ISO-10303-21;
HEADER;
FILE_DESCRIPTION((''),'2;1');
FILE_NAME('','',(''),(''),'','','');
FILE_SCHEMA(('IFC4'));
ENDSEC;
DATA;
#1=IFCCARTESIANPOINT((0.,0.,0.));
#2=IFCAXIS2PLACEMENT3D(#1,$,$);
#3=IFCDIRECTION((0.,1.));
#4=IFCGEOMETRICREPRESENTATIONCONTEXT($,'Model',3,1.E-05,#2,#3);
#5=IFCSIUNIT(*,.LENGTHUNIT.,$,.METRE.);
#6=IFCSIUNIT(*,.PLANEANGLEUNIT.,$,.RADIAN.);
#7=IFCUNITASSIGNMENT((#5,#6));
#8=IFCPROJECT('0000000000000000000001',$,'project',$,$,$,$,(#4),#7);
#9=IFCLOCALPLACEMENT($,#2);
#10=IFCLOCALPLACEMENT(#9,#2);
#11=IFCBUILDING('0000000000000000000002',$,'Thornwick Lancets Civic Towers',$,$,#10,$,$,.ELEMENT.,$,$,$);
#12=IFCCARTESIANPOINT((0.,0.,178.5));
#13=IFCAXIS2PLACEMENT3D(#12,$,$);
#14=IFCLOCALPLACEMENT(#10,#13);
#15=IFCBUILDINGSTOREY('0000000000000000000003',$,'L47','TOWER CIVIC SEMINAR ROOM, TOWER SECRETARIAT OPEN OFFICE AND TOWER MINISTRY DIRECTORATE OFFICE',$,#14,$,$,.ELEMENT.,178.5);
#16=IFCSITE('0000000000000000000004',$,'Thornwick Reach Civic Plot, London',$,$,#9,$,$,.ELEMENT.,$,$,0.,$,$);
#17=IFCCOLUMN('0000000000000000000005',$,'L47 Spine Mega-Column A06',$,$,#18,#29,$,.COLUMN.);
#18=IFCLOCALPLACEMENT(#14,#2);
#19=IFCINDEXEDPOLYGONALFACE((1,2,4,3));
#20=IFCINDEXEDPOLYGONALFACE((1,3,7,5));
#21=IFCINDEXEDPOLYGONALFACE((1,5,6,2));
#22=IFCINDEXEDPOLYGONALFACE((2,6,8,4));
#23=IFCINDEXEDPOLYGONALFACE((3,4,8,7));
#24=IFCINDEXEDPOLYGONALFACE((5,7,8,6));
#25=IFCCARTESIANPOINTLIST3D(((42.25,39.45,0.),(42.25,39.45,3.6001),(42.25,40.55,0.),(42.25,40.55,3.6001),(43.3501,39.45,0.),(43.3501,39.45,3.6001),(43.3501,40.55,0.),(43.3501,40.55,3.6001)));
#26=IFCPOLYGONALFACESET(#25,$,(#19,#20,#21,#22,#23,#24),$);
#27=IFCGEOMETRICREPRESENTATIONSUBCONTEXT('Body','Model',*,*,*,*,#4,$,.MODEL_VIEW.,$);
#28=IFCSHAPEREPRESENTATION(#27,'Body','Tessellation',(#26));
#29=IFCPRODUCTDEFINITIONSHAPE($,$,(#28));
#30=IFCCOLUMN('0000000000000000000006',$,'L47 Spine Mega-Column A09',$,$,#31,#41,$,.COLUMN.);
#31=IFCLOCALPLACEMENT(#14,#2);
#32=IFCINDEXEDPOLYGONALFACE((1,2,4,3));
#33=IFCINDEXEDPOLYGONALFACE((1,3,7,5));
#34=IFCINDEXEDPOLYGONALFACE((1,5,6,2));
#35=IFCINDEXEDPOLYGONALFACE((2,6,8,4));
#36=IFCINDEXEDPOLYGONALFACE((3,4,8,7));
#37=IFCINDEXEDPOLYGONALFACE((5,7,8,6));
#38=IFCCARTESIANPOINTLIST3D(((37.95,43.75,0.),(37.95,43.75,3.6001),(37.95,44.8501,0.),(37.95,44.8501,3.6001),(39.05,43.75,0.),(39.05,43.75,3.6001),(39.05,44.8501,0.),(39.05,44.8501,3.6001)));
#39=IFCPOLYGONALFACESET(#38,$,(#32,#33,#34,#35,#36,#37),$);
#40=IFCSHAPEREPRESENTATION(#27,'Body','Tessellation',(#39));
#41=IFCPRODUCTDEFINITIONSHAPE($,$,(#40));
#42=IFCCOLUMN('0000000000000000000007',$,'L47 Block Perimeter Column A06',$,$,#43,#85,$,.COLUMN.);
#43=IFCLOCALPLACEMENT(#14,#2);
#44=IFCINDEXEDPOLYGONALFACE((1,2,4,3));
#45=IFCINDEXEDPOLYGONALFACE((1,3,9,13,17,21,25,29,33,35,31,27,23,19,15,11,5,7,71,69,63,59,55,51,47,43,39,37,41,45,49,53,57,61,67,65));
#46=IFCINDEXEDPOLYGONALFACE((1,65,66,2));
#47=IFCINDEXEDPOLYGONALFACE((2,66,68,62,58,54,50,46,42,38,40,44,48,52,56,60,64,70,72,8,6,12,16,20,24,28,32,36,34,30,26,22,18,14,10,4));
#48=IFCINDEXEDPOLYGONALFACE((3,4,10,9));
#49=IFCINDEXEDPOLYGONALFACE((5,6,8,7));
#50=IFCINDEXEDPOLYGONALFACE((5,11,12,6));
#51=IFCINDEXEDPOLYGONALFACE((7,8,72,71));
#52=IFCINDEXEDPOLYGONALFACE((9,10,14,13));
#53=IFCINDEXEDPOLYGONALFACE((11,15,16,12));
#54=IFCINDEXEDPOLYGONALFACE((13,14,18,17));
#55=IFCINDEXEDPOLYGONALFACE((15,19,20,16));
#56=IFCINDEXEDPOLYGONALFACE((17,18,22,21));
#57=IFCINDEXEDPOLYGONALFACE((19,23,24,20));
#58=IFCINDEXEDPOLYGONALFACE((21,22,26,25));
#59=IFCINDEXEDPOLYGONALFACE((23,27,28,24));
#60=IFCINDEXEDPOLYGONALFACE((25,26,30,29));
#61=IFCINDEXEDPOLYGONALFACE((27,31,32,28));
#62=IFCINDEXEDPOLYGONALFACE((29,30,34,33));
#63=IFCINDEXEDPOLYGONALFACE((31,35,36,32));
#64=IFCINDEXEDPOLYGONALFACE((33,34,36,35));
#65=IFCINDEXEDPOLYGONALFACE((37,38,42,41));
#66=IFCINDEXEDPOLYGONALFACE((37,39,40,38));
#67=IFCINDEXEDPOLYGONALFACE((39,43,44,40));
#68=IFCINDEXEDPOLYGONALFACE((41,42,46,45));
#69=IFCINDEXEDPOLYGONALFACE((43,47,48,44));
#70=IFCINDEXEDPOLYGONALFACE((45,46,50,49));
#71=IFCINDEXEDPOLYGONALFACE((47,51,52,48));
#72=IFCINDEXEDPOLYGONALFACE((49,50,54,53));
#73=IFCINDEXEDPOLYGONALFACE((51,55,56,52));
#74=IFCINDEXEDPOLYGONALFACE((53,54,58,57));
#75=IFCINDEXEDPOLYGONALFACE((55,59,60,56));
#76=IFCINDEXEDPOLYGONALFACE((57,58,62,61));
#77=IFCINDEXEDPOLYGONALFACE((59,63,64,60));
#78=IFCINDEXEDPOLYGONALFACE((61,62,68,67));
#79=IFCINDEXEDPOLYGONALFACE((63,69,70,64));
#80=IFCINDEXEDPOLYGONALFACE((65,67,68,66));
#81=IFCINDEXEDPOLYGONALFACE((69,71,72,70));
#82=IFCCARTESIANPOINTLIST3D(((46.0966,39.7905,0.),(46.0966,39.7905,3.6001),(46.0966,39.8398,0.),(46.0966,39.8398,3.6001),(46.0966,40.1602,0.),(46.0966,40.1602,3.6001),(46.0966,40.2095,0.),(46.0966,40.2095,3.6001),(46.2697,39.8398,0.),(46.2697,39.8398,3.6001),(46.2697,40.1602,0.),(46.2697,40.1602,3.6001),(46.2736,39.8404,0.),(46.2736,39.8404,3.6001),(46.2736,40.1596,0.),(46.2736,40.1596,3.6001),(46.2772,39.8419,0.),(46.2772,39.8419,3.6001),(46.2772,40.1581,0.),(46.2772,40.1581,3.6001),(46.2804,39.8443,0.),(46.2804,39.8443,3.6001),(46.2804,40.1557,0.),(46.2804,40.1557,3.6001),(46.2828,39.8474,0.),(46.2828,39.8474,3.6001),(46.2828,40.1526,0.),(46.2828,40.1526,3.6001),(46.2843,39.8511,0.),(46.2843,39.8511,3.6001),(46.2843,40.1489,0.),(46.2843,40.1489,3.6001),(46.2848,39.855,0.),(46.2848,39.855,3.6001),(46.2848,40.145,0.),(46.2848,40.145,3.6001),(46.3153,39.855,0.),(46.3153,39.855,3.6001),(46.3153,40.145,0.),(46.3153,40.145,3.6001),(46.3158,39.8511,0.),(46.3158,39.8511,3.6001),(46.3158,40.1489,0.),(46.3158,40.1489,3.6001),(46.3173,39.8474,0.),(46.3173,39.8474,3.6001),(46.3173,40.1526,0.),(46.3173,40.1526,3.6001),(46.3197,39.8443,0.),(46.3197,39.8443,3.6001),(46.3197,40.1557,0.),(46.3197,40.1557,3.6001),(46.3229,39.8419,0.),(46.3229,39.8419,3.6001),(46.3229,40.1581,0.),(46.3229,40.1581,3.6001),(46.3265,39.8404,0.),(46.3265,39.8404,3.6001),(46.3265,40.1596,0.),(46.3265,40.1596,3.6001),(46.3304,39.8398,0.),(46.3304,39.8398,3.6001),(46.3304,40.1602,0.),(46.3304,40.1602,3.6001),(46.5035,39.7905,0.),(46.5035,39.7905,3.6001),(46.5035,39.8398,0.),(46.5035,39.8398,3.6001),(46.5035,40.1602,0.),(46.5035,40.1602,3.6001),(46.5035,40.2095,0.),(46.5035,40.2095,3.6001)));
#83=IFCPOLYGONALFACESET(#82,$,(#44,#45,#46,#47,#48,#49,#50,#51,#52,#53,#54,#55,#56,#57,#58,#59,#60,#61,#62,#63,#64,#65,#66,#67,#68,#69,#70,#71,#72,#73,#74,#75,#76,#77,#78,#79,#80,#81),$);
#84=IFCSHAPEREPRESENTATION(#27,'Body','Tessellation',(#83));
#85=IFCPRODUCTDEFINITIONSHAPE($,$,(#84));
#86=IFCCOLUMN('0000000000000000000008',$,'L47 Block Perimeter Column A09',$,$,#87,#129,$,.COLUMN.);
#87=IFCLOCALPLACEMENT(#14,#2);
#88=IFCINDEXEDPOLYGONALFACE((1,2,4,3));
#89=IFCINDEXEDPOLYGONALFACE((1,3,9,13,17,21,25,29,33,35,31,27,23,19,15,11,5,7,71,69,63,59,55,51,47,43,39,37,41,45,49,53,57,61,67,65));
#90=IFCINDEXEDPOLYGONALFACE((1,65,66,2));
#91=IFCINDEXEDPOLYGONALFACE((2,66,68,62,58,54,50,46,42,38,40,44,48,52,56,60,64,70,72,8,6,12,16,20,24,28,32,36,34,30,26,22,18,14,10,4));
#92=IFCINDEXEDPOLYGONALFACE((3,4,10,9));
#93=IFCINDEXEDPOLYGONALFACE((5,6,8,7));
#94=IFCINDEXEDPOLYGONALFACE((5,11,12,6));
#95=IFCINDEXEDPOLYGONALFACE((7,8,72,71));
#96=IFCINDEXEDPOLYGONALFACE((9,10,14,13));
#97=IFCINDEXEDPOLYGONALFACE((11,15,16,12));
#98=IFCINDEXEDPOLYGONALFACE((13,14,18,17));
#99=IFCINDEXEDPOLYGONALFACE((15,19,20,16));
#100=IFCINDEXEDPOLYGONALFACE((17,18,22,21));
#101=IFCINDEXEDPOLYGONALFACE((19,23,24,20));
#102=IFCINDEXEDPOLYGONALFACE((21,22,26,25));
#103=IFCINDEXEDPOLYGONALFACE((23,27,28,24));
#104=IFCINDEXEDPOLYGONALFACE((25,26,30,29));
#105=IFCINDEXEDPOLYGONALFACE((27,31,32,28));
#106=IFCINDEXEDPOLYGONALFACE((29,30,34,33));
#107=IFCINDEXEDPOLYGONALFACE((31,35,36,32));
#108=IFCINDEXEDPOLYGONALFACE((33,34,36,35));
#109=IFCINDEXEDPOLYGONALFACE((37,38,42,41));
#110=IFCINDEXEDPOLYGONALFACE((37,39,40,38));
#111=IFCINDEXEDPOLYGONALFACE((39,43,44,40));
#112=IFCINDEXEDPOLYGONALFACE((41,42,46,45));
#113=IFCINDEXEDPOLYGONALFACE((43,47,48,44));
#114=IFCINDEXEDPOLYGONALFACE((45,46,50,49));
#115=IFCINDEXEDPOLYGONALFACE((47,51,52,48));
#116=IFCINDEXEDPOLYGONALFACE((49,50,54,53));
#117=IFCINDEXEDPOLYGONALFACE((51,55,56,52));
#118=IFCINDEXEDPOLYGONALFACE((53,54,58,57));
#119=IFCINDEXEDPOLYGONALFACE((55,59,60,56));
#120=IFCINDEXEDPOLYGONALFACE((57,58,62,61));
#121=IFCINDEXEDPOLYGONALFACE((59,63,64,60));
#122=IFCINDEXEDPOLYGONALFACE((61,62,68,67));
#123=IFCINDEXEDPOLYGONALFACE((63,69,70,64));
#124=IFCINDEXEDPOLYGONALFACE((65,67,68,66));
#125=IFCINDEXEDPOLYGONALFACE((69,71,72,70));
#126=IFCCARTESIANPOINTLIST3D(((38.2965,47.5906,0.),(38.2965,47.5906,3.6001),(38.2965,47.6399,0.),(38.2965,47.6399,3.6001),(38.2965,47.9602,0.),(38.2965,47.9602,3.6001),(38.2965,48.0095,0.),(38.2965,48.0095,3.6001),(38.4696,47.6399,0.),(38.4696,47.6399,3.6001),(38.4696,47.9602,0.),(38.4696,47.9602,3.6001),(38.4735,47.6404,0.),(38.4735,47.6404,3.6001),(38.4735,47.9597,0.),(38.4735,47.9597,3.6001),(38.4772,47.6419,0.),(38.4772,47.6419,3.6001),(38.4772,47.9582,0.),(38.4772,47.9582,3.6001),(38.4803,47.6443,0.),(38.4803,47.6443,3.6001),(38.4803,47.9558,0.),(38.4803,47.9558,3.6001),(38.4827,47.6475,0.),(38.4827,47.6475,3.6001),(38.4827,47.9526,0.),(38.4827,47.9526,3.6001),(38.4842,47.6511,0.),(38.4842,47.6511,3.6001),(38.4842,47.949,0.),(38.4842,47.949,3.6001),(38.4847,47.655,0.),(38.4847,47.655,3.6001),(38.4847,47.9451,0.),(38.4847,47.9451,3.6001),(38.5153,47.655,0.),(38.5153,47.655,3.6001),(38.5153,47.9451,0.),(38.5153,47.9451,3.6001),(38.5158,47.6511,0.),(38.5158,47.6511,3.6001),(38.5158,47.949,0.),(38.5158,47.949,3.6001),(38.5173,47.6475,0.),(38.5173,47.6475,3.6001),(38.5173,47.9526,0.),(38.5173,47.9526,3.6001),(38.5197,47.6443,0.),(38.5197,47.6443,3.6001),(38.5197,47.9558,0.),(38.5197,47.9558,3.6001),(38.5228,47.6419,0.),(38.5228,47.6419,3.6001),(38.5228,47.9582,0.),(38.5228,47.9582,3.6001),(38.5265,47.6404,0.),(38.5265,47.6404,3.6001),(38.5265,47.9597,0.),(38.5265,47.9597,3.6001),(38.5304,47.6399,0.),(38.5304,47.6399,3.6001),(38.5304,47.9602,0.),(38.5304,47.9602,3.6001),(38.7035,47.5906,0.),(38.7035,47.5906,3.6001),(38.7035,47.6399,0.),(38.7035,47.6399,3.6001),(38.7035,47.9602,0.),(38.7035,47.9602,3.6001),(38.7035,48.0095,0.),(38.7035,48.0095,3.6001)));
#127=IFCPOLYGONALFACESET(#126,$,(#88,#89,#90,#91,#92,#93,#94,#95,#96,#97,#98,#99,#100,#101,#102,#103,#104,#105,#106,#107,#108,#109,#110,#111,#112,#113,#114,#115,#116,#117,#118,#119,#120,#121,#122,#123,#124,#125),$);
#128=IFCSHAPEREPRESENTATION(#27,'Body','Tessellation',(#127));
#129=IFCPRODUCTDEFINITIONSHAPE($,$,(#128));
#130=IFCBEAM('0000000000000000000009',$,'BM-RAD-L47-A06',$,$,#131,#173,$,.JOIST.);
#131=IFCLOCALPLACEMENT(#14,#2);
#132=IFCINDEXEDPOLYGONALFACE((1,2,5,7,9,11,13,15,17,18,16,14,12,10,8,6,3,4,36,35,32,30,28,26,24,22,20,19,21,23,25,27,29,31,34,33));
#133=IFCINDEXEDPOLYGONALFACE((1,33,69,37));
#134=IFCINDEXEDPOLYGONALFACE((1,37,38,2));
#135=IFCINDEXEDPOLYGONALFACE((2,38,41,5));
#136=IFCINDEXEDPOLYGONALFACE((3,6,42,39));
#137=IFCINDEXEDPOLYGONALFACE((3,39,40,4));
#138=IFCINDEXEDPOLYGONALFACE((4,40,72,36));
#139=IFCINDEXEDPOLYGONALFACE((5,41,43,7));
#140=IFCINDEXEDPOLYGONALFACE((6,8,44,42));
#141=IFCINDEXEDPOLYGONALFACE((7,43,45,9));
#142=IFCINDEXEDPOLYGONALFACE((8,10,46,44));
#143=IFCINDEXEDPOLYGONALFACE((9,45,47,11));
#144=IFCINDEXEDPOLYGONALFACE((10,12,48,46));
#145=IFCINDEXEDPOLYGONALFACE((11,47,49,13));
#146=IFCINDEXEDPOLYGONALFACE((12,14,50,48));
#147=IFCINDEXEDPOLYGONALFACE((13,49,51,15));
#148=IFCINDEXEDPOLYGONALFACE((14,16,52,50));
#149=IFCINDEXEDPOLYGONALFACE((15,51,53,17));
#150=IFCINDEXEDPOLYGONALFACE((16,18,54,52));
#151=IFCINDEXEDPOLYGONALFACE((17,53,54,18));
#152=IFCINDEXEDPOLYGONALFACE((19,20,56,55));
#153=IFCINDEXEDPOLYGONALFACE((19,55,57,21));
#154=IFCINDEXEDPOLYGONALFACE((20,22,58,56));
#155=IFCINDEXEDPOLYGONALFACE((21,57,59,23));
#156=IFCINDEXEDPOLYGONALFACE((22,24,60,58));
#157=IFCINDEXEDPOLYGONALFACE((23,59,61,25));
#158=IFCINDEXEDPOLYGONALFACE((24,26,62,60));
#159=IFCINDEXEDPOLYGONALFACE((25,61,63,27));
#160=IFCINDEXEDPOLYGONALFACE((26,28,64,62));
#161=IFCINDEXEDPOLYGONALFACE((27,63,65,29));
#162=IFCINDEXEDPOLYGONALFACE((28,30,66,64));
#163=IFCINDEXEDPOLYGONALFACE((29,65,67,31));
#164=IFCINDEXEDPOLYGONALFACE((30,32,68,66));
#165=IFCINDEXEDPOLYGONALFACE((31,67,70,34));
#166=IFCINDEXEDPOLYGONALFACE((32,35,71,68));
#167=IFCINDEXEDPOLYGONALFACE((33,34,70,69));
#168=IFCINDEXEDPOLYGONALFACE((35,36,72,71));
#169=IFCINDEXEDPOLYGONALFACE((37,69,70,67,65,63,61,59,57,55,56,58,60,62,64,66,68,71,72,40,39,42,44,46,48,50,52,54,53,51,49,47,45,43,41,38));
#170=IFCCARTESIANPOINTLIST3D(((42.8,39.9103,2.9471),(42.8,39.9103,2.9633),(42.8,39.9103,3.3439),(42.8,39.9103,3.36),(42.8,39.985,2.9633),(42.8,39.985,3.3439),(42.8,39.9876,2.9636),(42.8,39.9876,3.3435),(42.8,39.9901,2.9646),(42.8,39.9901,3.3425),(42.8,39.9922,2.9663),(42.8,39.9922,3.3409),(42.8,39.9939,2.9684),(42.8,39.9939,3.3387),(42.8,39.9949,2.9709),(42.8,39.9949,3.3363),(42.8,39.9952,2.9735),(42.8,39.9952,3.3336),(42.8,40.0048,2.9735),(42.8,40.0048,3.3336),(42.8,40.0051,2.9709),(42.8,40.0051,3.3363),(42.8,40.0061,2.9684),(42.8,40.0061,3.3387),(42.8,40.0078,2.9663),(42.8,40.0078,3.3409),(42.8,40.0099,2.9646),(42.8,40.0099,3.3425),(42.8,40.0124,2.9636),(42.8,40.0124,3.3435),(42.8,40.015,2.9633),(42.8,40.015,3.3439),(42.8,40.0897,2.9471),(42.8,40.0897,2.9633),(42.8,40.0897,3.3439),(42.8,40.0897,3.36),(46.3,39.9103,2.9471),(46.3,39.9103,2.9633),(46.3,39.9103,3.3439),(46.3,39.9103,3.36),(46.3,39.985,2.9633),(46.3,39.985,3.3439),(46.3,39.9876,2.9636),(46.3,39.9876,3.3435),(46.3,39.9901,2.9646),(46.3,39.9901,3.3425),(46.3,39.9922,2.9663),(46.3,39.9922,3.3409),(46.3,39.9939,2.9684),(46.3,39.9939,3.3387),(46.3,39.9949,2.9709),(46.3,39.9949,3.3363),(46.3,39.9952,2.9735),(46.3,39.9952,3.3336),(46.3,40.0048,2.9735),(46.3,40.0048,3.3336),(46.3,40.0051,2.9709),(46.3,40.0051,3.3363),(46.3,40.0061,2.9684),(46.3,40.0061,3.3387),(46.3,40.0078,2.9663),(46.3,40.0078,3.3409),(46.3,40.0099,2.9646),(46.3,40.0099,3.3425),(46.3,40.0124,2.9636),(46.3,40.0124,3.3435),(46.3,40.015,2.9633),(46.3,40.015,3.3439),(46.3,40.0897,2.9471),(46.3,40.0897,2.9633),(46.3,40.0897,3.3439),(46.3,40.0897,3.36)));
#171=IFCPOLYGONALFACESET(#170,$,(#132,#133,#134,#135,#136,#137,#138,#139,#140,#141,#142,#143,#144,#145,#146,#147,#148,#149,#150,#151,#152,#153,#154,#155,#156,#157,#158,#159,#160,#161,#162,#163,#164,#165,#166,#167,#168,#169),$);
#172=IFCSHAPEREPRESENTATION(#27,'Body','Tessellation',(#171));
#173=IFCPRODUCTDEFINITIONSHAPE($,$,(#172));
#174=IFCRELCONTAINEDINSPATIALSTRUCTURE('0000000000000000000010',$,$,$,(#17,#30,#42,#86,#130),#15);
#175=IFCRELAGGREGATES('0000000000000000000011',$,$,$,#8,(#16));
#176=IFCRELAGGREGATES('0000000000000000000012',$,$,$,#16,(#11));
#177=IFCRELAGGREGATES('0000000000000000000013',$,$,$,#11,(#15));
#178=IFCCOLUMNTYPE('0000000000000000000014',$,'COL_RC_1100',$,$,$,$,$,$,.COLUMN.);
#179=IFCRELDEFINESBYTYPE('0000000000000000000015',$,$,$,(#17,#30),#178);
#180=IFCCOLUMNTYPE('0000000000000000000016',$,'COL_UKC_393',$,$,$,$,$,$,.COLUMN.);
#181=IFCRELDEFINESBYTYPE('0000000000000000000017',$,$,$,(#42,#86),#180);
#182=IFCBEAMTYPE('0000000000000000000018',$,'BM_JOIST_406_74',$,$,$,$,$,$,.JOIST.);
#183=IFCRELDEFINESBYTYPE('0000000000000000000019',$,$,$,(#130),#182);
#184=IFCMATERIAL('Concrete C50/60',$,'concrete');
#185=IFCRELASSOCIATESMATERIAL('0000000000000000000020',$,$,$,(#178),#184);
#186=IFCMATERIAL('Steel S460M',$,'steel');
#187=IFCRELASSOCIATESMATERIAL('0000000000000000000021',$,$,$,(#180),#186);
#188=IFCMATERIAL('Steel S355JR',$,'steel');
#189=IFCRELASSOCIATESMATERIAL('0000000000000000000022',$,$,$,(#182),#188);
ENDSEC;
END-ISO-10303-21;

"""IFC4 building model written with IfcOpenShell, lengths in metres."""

from ifc_helpers import new_model, si_unit, direction, frame, origin, origin_2d, place, context, subcontext, project, spatial, rectangle, i_section, extrude, material, material_profile, profile_set, type_object, element, save


model = new_model("IFC4")

# Units and contexts
model_context = context("Model", 3, precision=1e-05, world=origin(), true_north=direction((0.0, 1.0)))
body_context = subcontext(model_context, "Body", "Model", "MODEL_VIEW")
ifc_project = project(units=[si_unit("LENGTHUNIT", "METRE"), si_unit("PLANEANGLEUNIT", "RADIAN")], contexts=[model_context])

# Site, building, storey
site_placement = place(None, origin())
site = spatial("IfcSite", under=ifc_project, at=site_placement, Name="Thornwick Reach Civic Plot, London", CompositionType="ELEMENT", RefElevation=0.0)
building_placement = place(site_placement, origin())
building = spatial("IfcBuilding", under=site, at=building_placement, Name="Thornwick Lancets Civic Towers", CompositionType="ELEMENT")
storey_placement = place(building_placement, frame((0.0, 0.0, 178.5)))
storey = spatial("IfcBuildingStorey", under=building, at=storey_placement, Name="L47", Description="TOWER CIVIC SEMINAR ROOM, TOWER SECRETARIAT OPEN OFFICE AND TOWER MINISTRY DIRECTORATE OFFICE", CompositionType="ELEMENT", Elevation=178.5)

# Columns
ifc_material_1 = material(Name="Concrete C50/60", Category="concrete")
ifc_material_profile_1 = material_profile(ifc_material_1, rectangle(XDim=1.1001, YDim=1.1001, at=origin_2d()), Name="RC 1100x1100")
ifc_profile_set_1 = profile_set([ifc_material_profile_1], Name="Concrete C50/60")
column_type_1 = type_object("IfcColumnType", Name="COL_RC_1100", PredefinedType="COLUMN", material=ifc_profile_set_1)
for number, where, z_axis, x_axis, name in (
    (1, (42.8, 40.0, 0.0), (0.0, 0.0, 1.0), (1.0, 0.0, 0.0), "L47 Spine Mega-Column A06"),
    (2, (38.5, 44.3, 0.0), (0.0, 0.0, 1.0), (1.0, 0.0, 0.0), "L47 Spine Mega-Column A09"),
):
    element("IfcColumn", number, at=place(storey_placement, frame(where, z_axis=z_axis, x_axis=x_axis)), inside=storey, type_object=column_type_1, Name=name, PredefinedType="COLUMN", context=body_context, shape_type="SweptSolid", body=[
        extrude(rectangle(XDim=1.1001, YDim=1.1001, at=origin_2d()), origin(), (0.0, 0.0, 1.0), 3.6001),
    ])
ifc_material_2 = material(Name="Steel S460M", Category="steel")
ifc_material_profile_2 = material_profile(ifc_material_2, i_section(OverallWidth=0.407, OverallDepth=0.4189, WebThickness=0.0305, FlangeThickness=0.0493, FilletRadius=0.0151, at=origin_2d()), Name="UKC 356x406x393")
ifc_profile_set_2 = profile_set([ifc_material_profile_2], Name="Steel S460M")
column_type_2 = type_object("IfcColumnType", Name="COL_UKC_393", PredefinedType="COLUMN", material=ifc_profile_set_2)
for number, where, z_axis, x_axis, name in (
    (3, (46.3, 40.0, 0.0), (0.0, 0.0, 1.0), (1.0, 0.0, 0.0), "L47 Block Perimeter Column A06"),
    (4, (38.5, 47.8, 0.0), (0.0, 0.0, 1.0), (1.0, 0.0, 0.0), "L47 Block Perimeter Column A09"),
):
    element("IfcColumn", number, at=place(storey_placement, frame(where, z_axis=z_axis, x_axis=x_axis)), inside=storey, type_object=column_type_2, Name=name, PredefinedType="COLUMN", context=body_context, shape_type="SweptSolid", body=[
        extrude(i_section(OverallWidth=0.407, OverallDepth=0.4189, WebThickness=0.0305, FlangeThickness=0.0493, FilletRadius=0.0151, at=origin_2d()), origin(), (0.0, 0.0, 1.0), 3.6001),
    ])

# Beam
ifc_material_3 = material(Name="Steel S355JR", Category="steel")
ifc_material_profile_3 = material_profile(ifc_material_3, i_section(OverallWidth=0.1794, OverallDepth=0.4128, WebThickness=0.0095, FlangeThickness=0.0161, FilletRadius=0.0103, at=origin_2d()), Name="UKB 406x178x74")
ifc_profile_set_3 = profile_set([ifc_material_profile_3], Name="Steel S355JR")
beam_type_1 = type_object("IfcBeamType", Name="BM_JOIST_406_74", PredefinedType="JOIST", material=ifc_profile_set_3)
for number, where, z_axis, x_axis, name in (
    (5, (42.8, 40.0, 3.1536), (1.0, 0.0, 0.0), (0.0, 1.0, 0.0), "BM-RAD-L47-A06"),
):
    element("IfcBeam", number, at=place(storey_placement, frame(where, z_axis=z_axis, x_axis=x_axis)), inside=storey, type_object=beam_type_1, Name=name, PredefinedType="JOIST", context=body_context, shape_type="SweptSolid", body=[
        extrude(i_section(OverallWidth=0.1794, OverallDepth=0.4128, WebThickness=0.0095, FlangeThickness=0.0161, FilletRadius=0.0103, at=origin_2d()), origin(), (0.0, 0.0, 1.0), 3.5),
    ])

save(model, "model.ifc")
